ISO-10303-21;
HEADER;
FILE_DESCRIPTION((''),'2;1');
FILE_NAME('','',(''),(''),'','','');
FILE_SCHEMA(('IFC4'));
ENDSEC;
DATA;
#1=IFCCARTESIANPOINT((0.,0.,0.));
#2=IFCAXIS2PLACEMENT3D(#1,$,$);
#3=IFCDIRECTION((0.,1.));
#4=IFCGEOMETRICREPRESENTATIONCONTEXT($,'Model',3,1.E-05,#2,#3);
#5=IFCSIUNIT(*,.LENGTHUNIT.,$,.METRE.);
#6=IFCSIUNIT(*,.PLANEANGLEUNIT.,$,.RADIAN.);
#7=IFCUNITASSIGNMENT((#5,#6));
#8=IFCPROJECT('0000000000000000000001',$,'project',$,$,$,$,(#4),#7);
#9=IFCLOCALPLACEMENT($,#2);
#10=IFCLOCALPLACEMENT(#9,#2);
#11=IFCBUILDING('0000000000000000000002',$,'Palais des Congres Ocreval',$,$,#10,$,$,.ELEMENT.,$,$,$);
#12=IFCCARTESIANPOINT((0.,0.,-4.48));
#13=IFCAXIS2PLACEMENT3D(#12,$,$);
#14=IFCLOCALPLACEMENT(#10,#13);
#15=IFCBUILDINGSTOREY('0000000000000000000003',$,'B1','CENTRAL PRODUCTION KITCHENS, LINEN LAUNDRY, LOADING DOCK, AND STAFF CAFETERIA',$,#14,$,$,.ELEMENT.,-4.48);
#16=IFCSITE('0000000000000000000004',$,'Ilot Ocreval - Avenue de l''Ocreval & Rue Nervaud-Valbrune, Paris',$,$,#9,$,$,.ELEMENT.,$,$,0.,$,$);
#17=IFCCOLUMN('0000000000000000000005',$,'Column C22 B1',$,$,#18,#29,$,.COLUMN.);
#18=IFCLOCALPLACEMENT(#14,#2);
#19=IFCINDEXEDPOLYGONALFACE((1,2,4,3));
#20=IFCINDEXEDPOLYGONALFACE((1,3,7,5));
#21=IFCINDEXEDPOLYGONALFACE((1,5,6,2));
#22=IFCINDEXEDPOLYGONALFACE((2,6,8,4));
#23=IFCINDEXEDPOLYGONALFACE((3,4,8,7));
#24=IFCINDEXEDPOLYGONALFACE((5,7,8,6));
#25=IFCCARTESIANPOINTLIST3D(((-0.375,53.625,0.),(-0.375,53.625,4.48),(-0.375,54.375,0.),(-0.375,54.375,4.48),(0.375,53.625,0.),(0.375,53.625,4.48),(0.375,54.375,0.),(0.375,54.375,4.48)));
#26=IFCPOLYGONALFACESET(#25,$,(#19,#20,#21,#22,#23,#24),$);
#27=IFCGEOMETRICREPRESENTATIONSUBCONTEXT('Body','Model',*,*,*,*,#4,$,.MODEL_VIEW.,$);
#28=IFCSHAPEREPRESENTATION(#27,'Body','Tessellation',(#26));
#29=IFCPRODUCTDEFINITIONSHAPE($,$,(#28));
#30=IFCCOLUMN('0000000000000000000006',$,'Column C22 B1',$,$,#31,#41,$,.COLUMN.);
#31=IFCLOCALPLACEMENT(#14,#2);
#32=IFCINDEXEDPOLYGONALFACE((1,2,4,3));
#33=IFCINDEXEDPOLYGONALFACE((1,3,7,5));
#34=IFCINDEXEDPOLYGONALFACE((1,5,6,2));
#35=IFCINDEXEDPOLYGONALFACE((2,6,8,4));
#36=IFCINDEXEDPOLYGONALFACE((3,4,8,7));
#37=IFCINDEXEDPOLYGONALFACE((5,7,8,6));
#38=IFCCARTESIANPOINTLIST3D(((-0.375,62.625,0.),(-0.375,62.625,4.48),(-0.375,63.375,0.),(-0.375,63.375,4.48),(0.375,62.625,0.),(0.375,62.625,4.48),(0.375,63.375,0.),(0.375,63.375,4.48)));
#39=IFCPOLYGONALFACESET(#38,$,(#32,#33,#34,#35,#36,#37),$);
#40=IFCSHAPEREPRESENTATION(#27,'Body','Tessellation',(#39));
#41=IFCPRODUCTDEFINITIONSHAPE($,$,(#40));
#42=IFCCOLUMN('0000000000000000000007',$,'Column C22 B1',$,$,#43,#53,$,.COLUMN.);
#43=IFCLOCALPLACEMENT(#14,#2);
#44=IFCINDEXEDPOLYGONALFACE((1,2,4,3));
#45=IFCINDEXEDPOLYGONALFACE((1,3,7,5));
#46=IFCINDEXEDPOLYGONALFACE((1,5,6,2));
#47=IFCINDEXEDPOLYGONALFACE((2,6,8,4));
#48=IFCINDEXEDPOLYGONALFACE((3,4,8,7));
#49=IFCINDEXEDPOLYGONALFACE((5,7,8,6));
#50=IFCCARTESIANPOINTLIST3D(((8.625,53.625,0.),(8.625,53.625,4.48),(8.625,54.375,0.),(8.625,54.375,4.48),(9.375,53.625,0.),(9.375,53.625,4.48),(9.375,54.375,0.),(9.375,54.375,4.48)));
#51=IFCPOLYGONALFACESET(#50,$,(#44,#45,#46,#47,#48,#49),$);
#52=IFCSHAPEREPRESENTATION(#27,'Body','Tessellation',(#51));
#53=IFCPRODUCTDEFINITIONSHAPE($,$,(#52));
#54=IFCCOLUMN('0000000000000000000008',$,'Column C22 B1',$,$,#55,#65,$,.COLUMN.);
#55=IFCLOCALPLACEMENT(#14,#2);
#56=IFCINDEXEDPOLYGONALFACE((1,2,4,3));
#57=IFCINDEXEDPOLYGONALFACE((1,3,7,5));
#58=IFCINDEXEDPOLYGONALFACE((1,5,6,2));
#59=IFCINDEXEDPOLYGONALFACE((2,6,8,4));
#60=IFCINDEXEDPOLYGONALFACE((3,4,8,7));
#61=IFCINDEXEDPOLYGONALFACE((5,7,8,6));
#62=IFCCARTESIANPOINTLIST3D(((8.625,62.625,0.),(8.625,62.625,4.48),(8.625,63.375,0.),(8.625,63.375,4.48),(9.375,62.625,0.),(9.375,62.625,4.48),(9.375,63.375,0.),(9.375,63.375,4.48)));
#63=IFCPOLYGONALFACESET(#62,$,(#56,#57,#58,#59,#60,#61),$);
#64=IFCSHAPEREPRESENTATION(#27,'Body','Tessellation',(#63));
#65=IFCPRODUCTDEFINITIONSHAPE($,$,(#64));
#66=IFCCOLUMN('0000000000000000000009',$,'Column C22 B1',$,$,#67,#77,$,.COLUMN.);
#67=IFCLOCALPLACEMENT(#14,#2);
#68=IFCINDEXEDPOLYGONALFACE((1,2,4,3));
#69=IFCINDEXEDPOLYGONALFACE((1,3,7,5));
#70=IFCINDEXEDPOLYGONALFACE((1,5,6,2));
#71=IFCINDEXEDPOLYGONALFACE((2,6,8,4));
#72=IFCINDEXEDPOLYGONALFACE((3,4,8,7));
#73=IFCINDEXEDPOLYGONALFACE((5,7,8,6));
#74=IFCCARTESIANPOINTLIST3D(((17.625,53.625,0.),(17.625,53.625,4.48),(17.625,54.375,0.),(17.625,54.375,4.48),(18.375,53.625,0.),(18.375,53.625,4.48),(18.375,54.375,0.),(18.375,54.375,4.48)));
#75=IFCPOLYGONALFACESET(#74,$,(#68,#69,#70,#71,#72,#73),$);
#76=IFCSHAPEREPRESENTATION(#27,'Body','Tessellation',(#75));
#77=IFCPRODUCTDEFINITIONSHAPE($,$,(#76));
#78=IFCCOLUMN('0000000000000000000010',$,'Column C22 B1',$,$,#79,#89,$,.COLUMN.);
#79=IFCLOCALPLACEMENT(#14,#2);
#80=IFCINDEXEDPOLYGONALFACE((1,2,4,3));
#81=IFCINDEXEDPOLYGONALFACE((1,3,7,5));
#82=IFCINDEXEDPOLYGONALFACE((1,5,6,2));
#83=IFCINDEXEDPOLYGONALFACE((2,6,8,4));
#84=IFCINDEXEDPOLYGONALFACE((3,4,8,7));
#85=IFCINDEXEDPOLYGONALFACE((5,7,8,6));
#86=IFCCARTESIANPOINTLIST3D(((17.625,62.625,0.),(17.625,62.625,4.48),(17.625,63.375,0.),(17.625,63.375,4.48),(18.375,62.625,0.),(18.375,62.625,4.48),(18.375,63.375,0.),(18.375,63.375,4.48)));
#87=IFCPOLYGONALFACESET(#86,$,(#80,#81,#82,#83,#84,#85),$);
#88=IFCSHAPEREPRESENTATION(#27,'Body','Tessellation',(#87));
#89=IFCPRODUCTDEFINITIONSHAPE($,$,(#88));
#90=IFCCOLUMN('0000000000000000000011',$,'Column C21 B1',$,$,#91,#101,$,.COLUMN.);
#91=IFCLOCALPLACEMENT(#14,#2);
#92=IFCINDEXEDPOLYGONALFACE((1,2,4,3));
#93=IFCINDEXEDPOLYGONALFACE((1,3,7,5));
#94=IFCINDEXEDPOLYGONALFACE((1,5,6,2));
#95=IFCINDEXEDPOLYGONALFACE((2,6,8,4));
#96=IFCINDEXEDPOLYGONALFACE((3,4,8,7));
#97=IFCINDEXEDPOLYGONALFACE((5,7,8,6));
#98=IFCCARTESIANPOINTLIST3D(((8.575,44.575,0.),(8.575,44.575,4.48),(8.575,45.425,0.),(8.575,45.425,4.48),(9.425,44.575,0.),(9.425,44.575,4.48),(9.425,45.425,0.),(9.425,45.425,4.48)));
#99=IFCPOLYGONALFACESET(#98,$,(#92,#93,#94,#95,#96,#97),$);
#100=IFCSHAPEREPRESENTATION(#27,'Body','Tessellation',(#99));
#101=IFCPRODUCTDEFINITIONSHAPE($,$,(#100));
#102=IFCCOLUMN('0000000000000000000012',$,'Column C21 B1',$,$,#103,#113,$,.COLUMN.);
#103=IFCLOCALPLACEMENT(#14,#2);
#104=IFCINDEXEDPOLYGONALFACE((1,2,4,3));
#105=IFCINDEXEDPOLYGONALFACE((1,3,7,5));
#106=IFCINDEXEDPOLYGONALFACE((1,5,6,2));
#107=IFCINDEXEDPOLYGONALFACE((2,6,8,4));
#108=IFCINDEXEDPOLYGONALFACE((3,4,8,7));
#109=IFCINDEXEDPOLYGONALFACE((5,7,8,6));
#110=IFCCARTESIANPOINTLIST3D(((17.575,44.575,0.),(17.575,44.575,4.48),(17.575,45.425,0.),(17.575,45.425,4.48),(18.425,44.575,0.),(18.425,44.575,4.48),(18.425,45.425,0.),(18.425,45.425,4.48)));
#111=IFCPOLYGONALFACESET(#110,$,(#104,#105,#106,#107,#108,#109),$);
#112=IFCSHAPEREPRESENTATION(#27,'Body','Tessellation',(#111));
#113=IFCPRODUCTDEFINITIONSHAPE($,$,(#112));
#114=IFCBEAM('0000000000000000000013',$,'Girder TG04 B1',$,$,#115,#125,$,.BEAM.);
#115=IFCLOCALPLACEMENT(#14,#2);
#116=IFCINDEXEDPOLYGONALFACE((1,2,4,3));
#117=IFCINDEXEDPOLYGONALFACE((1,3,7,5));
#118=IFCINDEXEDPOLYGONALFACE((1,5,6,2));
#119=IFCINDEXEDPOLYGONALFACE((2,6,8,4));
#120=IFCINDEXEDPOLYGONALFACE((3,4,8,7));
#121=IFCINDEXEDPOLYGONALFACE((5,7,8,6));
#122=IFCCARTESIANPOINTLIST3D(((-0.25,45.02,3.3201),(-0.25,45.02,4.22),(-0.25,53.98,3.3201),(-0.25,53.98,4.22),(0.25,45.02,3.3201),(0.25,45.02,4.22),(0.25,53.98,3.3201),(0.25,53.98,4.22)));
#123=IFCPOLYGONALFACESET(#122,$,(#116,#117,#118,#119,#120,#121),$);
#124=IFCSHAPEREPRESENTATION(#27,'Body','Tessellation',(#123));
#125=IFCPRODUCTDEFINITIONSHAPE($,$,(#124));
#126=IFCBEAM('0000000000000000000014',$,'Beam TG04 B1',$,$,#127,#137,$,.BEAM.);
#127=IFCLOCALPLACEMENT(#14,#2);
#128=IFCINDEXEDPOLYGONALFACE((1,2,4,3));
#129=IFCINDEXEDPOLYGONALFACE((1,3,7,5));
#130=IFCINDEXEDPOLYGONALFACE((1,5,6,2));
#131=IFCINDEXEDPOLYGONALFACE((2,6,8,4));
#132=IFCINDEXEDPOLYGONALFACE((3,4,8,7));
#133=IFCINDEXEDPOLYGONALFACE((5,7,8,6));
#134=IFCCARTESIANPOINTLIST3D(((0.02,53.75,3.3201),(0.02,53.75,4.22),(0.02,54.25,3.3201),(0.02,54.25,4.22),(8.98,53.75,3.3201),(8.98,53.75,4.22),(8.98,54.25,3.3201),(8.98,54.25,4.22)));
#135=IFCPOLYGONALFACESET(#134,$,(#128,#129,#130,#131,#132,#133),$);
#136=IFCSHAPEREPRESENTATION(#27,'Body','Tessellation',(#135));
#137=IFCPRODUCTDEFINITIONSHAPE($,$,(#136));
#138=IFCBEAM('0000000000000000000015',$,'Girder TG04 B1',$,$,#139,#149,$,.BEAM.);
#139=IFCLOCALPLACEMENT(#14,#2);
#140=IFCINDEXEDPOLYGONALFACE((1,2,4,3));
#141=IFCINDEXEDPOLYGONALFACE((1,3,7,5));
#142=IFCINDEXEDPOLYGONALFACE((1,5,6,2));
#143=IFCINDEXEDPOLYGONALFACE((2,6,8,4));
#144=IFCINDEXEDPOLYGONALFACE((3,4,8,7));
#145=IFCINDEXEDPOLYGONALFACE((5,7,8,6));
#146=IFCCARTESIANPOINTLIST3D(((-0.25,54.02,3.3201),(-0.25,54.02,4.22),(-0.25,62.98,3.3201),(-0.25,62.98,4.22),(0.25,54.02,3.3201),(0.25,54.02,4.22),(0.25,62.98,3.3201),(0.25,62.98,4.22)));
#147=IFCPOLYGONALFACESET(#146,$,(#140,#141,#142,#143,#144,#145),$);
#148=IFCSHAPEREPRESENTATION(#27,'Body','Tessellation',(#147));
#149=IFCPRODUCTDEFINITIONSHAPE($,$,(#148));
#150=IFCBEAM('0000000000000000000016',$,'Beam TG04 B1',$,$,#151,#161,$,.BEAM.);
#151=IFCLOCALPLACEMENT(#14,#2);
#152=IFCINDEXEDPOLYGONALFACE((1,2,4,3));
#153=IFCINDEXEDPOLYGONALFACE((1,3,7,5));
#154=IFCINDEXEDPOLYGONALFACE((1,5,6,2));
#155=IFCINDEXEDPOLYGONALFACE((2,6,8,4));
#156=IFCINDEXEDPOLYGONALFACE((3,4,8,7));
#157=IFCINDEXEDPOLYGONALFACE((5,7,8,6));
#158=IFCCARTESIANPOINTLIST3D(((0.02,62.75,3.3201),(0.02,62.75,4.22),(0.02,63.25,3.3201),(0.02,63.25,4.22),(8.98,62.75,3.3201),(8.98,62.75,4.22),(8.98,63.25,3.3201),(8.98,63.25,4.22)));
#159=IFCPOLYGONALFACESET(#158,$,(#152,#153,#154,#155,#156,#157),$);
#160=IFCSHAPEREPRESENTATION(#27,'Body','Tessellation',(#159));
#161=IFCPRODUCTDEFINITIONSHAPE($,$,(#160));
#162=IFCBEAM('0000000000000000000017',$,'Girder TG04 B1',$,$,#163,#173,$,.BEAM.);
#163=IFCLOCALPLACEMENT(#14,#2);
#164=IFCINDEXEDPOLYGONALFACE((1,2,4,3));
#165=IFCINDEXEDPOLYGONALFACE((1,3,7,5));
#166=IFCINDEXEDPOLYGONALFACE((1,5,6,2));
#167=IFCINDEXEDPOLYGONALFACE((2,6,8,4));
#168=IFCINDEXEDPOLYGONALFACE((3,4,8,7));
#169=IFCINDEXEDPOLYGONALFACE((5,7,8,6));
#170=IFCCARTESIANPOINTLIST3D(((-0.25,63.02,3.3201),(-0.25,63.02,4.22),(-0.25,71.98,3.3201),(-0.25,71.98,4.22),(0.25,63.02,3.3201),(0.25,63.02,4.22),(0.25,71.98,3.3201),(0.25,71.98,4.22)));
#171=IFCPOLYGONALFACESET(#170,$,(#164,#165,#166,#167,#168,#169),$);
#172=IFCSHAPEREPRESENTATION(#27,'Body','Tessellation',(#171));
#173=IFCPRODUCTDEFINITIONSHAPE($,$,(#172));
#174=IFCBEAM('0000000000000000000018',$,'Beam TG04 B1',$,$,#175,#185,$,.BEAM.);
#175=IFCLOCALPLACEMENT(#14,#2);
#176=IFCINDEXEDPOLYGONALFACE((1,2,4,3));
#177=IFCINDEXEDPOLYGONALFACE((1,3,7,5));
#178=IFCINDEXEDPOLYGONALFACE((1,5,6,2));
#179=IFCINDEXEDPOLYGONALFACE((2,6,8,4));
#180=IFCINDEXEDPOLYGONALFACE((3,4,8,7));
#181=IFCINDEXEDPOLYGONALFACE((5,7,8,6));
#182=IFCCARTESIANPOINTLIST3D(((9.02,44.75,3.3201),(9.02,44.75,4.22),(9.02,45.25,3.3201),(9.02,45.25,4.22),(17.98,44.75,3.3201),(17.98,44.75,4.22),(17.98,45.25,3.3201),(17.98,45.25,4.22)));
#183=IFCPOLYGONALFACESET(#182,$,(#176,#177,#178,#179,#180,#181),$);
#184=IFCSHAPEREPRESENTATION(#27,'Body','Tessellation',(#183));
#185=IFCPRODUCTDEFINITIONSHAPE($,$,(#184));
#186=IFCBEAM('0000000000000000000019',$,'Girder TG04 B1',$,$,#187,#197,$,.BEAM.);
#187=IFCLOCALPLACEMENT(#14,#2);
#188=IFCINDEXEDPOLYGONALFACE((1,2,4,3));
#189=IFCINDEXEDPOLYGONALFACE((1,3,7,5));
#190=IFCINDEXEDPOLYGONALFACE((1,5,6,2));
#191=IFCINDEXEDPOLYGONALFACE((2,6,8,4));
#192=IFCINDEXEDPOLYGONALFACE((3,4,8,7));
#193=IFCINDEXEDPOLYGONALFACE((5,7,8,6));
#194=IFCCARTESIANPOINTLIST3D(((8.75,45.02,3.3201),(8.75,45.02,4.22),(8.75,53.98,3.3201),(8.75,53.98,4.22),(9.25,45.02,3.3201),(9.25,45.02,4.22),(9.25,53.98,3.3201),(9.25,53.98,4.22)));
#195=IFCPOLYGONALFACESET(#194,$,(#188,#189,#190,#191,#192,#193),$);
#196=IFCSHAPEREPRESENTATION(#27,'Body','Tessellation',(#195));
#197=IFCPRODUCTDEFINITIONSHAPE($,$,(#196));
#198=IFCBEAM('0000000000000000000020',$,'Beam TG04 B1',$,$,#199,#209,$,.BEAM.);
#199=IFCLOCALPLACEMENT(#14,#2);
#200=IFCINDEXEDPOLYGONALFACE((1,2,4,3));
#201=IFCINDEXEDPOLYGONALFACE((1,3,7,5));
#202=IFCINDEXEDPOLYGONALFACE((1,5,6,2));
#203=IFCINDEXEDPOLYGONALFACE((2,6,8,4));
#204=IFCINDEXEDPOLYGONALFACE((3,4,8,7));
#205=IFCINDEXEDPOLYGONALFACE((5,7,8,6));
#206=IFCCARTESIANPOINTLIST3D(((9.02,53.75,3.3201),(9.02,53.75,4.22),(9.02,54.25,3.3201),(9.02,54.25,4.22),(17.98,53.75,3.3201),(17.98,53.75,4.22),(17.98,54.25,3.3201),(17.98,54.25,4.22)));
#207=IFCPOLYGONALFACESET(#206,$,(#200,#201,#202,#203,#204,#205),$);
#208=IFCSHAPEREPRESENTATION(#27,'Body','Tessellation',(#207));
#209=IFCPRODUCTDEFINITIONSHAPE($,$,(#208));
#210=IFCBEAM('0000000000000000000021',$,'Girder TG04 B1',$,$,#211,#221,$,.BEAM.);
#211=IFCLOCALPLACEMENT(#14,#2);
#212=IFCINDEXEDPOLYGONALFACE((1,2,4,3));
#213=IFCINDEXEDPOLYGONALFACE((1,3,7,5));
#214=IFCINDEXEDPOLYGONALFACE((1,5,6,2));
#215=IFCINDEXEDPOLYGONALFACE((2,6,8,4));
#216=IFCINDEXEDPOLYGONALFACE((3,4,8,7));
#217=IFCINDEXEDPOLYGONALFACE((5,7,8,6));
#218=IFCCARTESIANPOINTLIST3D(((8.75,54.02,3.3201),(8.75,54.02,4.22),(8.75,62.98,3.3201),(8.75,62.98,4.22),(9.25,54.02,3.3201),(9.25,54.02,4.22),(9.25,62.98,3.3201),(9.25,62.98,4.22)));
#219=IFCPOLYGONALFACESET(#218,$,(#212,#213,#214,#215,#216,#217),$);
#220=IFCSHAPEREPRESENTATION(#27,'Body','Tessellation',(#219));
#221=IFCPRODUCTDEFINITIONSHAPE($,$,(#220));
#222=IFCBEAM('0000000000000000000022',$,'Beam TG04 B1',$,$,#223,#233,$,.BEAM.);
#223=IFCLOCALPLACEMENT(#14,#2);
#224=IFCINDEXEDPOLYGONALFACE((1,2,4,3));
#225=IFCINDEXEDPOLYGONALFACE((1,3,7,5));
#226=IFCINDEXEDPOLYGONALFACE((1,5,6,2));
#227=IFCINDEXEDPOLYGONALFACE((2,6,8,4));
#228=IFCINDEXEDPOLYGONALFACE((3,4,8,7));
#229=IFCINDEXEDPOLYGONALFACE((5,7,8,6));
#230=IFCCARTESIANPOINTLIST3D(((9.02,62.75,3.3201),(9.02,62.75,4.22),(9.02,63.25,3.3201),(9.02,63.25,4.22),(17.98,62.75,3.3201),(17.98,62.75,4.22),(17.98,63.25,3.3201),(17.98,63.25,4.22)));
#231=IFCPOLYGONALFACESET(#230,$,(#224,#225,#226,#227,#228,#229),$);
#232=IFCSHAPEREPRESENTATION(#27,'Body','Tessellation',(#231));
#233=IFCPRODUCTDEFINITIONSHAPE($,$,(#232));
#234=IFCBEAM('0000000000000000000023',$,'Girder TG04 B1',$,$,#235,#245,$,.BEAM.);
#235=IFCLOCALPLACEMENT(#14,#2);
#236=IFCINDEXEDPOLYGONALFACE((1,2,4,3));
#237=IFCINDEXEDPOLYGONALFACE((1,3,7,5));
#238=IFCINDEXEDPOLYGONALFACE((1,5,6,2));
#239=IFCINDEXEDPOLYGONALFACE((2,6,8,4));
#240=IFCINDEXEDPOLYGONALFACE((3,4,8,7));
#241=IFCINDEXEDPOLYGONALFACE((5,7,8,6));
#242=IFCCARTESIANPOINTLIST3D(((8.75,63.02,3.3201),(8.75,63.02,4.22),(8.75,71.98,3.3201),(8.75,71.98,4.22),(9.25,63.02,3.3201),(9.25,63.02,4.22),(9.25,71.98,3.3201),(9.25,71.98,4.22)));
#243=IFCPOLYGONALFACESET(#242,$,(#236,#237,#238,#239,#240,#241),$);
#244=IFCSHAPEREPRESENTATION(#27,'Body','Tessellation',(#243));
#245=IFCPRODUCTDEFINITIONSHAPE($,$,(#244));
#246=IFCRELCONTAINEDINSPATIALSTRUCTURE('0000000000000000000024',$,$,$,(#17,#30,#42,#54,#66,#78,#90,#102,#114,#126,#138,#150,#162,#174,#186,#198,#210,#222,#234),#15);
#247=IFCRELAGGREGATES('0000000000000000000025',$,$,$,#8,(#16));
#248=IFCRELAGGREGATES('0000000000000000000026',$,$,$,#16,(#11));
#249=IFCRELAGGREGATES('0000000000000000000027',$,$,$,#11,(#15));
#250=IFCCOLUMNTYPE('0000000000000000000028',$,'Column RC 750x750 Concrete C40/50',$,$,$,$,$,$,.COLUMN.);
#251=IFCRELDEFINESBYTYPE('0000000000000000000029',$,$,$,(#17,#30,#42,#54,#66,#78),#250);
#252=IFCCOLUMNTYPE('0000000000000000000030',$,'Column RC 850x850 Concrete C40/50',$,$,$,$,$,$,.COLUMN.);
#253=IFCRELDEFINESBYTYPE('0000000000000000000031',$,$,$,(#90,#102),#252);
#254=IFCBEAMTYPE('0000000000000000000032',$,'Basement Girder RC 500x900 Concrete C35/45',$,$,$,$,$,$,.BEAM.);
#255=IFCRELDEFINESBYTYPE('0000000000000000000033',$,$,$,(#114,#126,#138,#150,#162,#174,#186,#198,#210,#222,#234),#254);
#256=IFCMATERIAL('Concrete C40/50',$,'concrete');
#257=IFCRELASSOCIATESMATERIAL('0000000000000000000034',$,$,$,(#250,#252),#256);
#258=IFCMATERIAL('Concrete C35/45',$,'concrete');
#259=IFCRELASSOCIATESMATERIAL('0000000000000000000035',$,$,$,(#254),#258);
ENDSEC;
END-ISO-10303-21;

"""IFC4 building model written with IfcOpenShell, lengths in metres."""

from ifc_helpers import new_model, si_unit, direction, frame, origin, origin_2d, place, context, subcontext, project, spatial, rectangle, extrude, material, material_profile, profile_set, type_object, element, save


model = new_model("IFC4")

# Units and contexts
model_context = context("Model", 3, precision=1e-05, world=origin(), true_north=direction((0.0, 1.0)))
body_context = subcontext(model_context, "Body", "Model", "MODEL_VIEW")
ifc_project = project(units=[si_unit("LENGTHUNIT", "METRE"), si_unit("PLANEANGLEUNIT", "RADIAN")], contexts=[model_context])

# Site, building, storey
site_placement = place(None, origin())
site = spatial("IfcSite", under=ifc_project, at=site_placement, Name="Ilot Ocreval - Avenue de l'Ocreval & Rue Nervaud-Valbrune, Paris", CompositionType="ELEMENT", RefElevation=0.0)
building_placement = place(site_placement, origin())
building = spatial("IfcBuilding", under=site, at=building_placement, Name="Palais des Congres Ocreval", CompositionType="ELEMENT")
storey_placement = place(building_placement, frame((0.0, 0.0, -4.48)))
storey = spatial("IfcBuildingStorey", under=building, at=storey_placement, Name="B1", Description="CENTRAL PRODUCTION KITCHENS, LINEN LAUNDRY, LOADING DOCK, AND STAFF CAFETERIA", CompositionType="ELEMENT", Elevation=-4.48)

# Columns
ifc_material_1 = material(Name="Concrete C40/50", Category="concrete")
ifc_material_profile_1 = material_profile(ifc_material_1, rectangle(XDim=0.75, YDim=0.75, at=origin_2d()), Name="RC 750x750")
ifc_profile_set_1 = profile_set([ifc_material_profile_1], Name="Concrete C40/50")
column_type_1 = type_object("IfcColumnType", Name="Column RC 750x750 Concrete C40/50", PredefinedType="COLUMN", material=ifc_profile_set_1)
for number, where, z_axis, x_axis, name in (
    (1, (0.0, 54.0, 0.0), (0.0, 0.0, 1.0), (1.0, 0.0, 0.0), "Column C22 B1"),
    (2, (0.0, 63.0, 0.0), (0.0, 0.0, 1.0), (1.0, 0.0, 0.0), "Column C22 B1"),
    (3, (9.0, 54.0, 0.0), (0.0, 0.0, 1.0), (1.0, 0.0, 0.0), "Column C22 B1"),
    (4, (9.0, 63.0, 0.0), (0.0, 0.0, 1.0), (1.0, 0.0, 0.0), "Column C22 B1"),
    (5, (18.0, 54.0, 0.0), (0.0, 0.0, 1.0), (1.0, 0.0, 0.0), "Column C22 B1"),
    (6, (18.0, 63.0, 0.0), (0.0, 0.0, 1.0), (1.0, 0.0, 0.0), "Column C22 B1"),
):
    element("IfcColumn", number, at=place(storey_placement, frame(where, z_axis=z_axis, x_axis=x_axis)), inside=storey, type_object=column_type_1, Name=name, PredefinedType="COLUMN", context=body_context, shape_type="SweptSolid", body=[
        extrude(rectangle(XDim=0.75, YDim=0.75, at=origin_2d()), origin(), (0.0, 0.0, 1.0), 4.48),
    ])
ifc_material_profile_2 = material_profile(ifc_material_1, rectangle(XDim=0.8501, YDim=0.8501, at=origin_2d()), Name="RC 850x850")
ifc_profile_set_2 = profile_set([ifc_material_profile_2], Name="Concrete C40/50")
column_type_2 = type_object("IfcColumnType", Name="Column RC 850x850 Concrete C40/50", PredefinedType="COLUMN", material=ifc_profile_set_2)
for number, where, z_axis, x_axis, name in (
    (7, (9.0, 45.0, 0.0), (0.0, 0.0, 1.0), (1.0, 0.0, 0.0), "Column C21 B1"),
    (8, (18.0, 45.0, 0.0), (0.0, 0.0, 1.0), (1.0, 0.0, 0.0), "Column C21 B1"),
):
    element("IfcColumn", number, at=place(storey_placement, frame(where, z_axis=z_axis, x_axis=x_axis)), inside=storey, type_object=column_type_2, Name=name, PredefinedType="COLUMN", context=body_context, shape_type="SweptSolid", body=[
        extrude(rectangle(XDim=0.8501, YDim=0.8501, at=origin_2d()), origin(), (0.0, 0.0, 1.0), 4.48),
    ])

# Beams
ifc_material_2 = material(Name="Concrete C35/45", Category="concrete")
ifc_material_profile_3 = material_profile(ifc_material_2, rectangle(XDim=0.5, YDim=0.8999, at=origin_2d()), Name="RC 500x900")
ifc_profile_set_3 = profile_set([ifc_material_profile_3], Name="Concrete C35/45")
beam_type = type_object("IfcBeamType", Name="Basement Girder RC 500x900 Concrete C35/45", PredefinedType="BEAM", material=ifc_profile_set_3)
for number, where, z_axis, x_axis, name in (
    (9, (0.0, 45.02, 3.77), (0.0, 1.0, 0.0), (-1.0, 0.0, 0.0), "Girder TG04 B1"),
    (10, (0.02, 54.0, 3.77), (1.0, 0.0, 0.0), (0.0, 1.0, 0.0), "Beam TG04 B1"),
    (11, (0.0, 54.02, 3.77), (0.0, 1.0, 0.0), (-1.0, 0.0, 0.0), "Girder TG04 B1"),
    (12, (0.02, 63.0, 3.77), (1.0, 0.0, 0.0), (0.0, 1.0, 0.0), "Beam TG04 B1"),
    (13, (0.0, 63.02, 3.77), (0.0, 1.0, 0.0), (-1.0, 0.0, 0.0), "Girder TG04 B1"),
    (14, (9.02, 45.0, 3.77), (1.0, 0.0, 0.0), (0.0, 1.0, 0.0), "Beam TG04 B1"),
    (15, (9.0, 45.02, 3.77), (0.0, 1.0, 0.0), (-1.0, 0.0, 0.0), "Girder TG04 B1"),
    (16, (9.02, 54.0, 3.77), (1.0, 0.0, 0.0), (0.0, 1.0, 0.0), "Beam TG04 B1"),
    (17, (9.0, 54.02, 3.77), (0.0, 1.0, 0.0), (-1.0, 0.0, 0.0), "Girder TG04 B1"),
    (18, (9.02, 63.0, 3.77), (1.0, 0.0, 0.0), (0.0, 1.0, 0.0), "Beam TG04 B1"),
    (19, (9.0, 63.02, 3.77), (0.0, 1.0, 0.0), (-1.0, 0.0, 0.0), "Girder TG04 B1"),
):
    element("IfcBeam", number, at=place(storey_placement, frame(where, z_axis=z_axis, x_axis=x_axis)), inside=storey, type_object=beam_type, Name=name, PredefinedType="BEAM", context=body_context, shape_type="SweptSolid", body=[
        extrude(rectangle(XDim=0.5, YDim=0.8999, at=origin_2d()), origin(), (0.0, 0.0, 1.0), 8.96),
    ])

save(model, "model.ifc")
